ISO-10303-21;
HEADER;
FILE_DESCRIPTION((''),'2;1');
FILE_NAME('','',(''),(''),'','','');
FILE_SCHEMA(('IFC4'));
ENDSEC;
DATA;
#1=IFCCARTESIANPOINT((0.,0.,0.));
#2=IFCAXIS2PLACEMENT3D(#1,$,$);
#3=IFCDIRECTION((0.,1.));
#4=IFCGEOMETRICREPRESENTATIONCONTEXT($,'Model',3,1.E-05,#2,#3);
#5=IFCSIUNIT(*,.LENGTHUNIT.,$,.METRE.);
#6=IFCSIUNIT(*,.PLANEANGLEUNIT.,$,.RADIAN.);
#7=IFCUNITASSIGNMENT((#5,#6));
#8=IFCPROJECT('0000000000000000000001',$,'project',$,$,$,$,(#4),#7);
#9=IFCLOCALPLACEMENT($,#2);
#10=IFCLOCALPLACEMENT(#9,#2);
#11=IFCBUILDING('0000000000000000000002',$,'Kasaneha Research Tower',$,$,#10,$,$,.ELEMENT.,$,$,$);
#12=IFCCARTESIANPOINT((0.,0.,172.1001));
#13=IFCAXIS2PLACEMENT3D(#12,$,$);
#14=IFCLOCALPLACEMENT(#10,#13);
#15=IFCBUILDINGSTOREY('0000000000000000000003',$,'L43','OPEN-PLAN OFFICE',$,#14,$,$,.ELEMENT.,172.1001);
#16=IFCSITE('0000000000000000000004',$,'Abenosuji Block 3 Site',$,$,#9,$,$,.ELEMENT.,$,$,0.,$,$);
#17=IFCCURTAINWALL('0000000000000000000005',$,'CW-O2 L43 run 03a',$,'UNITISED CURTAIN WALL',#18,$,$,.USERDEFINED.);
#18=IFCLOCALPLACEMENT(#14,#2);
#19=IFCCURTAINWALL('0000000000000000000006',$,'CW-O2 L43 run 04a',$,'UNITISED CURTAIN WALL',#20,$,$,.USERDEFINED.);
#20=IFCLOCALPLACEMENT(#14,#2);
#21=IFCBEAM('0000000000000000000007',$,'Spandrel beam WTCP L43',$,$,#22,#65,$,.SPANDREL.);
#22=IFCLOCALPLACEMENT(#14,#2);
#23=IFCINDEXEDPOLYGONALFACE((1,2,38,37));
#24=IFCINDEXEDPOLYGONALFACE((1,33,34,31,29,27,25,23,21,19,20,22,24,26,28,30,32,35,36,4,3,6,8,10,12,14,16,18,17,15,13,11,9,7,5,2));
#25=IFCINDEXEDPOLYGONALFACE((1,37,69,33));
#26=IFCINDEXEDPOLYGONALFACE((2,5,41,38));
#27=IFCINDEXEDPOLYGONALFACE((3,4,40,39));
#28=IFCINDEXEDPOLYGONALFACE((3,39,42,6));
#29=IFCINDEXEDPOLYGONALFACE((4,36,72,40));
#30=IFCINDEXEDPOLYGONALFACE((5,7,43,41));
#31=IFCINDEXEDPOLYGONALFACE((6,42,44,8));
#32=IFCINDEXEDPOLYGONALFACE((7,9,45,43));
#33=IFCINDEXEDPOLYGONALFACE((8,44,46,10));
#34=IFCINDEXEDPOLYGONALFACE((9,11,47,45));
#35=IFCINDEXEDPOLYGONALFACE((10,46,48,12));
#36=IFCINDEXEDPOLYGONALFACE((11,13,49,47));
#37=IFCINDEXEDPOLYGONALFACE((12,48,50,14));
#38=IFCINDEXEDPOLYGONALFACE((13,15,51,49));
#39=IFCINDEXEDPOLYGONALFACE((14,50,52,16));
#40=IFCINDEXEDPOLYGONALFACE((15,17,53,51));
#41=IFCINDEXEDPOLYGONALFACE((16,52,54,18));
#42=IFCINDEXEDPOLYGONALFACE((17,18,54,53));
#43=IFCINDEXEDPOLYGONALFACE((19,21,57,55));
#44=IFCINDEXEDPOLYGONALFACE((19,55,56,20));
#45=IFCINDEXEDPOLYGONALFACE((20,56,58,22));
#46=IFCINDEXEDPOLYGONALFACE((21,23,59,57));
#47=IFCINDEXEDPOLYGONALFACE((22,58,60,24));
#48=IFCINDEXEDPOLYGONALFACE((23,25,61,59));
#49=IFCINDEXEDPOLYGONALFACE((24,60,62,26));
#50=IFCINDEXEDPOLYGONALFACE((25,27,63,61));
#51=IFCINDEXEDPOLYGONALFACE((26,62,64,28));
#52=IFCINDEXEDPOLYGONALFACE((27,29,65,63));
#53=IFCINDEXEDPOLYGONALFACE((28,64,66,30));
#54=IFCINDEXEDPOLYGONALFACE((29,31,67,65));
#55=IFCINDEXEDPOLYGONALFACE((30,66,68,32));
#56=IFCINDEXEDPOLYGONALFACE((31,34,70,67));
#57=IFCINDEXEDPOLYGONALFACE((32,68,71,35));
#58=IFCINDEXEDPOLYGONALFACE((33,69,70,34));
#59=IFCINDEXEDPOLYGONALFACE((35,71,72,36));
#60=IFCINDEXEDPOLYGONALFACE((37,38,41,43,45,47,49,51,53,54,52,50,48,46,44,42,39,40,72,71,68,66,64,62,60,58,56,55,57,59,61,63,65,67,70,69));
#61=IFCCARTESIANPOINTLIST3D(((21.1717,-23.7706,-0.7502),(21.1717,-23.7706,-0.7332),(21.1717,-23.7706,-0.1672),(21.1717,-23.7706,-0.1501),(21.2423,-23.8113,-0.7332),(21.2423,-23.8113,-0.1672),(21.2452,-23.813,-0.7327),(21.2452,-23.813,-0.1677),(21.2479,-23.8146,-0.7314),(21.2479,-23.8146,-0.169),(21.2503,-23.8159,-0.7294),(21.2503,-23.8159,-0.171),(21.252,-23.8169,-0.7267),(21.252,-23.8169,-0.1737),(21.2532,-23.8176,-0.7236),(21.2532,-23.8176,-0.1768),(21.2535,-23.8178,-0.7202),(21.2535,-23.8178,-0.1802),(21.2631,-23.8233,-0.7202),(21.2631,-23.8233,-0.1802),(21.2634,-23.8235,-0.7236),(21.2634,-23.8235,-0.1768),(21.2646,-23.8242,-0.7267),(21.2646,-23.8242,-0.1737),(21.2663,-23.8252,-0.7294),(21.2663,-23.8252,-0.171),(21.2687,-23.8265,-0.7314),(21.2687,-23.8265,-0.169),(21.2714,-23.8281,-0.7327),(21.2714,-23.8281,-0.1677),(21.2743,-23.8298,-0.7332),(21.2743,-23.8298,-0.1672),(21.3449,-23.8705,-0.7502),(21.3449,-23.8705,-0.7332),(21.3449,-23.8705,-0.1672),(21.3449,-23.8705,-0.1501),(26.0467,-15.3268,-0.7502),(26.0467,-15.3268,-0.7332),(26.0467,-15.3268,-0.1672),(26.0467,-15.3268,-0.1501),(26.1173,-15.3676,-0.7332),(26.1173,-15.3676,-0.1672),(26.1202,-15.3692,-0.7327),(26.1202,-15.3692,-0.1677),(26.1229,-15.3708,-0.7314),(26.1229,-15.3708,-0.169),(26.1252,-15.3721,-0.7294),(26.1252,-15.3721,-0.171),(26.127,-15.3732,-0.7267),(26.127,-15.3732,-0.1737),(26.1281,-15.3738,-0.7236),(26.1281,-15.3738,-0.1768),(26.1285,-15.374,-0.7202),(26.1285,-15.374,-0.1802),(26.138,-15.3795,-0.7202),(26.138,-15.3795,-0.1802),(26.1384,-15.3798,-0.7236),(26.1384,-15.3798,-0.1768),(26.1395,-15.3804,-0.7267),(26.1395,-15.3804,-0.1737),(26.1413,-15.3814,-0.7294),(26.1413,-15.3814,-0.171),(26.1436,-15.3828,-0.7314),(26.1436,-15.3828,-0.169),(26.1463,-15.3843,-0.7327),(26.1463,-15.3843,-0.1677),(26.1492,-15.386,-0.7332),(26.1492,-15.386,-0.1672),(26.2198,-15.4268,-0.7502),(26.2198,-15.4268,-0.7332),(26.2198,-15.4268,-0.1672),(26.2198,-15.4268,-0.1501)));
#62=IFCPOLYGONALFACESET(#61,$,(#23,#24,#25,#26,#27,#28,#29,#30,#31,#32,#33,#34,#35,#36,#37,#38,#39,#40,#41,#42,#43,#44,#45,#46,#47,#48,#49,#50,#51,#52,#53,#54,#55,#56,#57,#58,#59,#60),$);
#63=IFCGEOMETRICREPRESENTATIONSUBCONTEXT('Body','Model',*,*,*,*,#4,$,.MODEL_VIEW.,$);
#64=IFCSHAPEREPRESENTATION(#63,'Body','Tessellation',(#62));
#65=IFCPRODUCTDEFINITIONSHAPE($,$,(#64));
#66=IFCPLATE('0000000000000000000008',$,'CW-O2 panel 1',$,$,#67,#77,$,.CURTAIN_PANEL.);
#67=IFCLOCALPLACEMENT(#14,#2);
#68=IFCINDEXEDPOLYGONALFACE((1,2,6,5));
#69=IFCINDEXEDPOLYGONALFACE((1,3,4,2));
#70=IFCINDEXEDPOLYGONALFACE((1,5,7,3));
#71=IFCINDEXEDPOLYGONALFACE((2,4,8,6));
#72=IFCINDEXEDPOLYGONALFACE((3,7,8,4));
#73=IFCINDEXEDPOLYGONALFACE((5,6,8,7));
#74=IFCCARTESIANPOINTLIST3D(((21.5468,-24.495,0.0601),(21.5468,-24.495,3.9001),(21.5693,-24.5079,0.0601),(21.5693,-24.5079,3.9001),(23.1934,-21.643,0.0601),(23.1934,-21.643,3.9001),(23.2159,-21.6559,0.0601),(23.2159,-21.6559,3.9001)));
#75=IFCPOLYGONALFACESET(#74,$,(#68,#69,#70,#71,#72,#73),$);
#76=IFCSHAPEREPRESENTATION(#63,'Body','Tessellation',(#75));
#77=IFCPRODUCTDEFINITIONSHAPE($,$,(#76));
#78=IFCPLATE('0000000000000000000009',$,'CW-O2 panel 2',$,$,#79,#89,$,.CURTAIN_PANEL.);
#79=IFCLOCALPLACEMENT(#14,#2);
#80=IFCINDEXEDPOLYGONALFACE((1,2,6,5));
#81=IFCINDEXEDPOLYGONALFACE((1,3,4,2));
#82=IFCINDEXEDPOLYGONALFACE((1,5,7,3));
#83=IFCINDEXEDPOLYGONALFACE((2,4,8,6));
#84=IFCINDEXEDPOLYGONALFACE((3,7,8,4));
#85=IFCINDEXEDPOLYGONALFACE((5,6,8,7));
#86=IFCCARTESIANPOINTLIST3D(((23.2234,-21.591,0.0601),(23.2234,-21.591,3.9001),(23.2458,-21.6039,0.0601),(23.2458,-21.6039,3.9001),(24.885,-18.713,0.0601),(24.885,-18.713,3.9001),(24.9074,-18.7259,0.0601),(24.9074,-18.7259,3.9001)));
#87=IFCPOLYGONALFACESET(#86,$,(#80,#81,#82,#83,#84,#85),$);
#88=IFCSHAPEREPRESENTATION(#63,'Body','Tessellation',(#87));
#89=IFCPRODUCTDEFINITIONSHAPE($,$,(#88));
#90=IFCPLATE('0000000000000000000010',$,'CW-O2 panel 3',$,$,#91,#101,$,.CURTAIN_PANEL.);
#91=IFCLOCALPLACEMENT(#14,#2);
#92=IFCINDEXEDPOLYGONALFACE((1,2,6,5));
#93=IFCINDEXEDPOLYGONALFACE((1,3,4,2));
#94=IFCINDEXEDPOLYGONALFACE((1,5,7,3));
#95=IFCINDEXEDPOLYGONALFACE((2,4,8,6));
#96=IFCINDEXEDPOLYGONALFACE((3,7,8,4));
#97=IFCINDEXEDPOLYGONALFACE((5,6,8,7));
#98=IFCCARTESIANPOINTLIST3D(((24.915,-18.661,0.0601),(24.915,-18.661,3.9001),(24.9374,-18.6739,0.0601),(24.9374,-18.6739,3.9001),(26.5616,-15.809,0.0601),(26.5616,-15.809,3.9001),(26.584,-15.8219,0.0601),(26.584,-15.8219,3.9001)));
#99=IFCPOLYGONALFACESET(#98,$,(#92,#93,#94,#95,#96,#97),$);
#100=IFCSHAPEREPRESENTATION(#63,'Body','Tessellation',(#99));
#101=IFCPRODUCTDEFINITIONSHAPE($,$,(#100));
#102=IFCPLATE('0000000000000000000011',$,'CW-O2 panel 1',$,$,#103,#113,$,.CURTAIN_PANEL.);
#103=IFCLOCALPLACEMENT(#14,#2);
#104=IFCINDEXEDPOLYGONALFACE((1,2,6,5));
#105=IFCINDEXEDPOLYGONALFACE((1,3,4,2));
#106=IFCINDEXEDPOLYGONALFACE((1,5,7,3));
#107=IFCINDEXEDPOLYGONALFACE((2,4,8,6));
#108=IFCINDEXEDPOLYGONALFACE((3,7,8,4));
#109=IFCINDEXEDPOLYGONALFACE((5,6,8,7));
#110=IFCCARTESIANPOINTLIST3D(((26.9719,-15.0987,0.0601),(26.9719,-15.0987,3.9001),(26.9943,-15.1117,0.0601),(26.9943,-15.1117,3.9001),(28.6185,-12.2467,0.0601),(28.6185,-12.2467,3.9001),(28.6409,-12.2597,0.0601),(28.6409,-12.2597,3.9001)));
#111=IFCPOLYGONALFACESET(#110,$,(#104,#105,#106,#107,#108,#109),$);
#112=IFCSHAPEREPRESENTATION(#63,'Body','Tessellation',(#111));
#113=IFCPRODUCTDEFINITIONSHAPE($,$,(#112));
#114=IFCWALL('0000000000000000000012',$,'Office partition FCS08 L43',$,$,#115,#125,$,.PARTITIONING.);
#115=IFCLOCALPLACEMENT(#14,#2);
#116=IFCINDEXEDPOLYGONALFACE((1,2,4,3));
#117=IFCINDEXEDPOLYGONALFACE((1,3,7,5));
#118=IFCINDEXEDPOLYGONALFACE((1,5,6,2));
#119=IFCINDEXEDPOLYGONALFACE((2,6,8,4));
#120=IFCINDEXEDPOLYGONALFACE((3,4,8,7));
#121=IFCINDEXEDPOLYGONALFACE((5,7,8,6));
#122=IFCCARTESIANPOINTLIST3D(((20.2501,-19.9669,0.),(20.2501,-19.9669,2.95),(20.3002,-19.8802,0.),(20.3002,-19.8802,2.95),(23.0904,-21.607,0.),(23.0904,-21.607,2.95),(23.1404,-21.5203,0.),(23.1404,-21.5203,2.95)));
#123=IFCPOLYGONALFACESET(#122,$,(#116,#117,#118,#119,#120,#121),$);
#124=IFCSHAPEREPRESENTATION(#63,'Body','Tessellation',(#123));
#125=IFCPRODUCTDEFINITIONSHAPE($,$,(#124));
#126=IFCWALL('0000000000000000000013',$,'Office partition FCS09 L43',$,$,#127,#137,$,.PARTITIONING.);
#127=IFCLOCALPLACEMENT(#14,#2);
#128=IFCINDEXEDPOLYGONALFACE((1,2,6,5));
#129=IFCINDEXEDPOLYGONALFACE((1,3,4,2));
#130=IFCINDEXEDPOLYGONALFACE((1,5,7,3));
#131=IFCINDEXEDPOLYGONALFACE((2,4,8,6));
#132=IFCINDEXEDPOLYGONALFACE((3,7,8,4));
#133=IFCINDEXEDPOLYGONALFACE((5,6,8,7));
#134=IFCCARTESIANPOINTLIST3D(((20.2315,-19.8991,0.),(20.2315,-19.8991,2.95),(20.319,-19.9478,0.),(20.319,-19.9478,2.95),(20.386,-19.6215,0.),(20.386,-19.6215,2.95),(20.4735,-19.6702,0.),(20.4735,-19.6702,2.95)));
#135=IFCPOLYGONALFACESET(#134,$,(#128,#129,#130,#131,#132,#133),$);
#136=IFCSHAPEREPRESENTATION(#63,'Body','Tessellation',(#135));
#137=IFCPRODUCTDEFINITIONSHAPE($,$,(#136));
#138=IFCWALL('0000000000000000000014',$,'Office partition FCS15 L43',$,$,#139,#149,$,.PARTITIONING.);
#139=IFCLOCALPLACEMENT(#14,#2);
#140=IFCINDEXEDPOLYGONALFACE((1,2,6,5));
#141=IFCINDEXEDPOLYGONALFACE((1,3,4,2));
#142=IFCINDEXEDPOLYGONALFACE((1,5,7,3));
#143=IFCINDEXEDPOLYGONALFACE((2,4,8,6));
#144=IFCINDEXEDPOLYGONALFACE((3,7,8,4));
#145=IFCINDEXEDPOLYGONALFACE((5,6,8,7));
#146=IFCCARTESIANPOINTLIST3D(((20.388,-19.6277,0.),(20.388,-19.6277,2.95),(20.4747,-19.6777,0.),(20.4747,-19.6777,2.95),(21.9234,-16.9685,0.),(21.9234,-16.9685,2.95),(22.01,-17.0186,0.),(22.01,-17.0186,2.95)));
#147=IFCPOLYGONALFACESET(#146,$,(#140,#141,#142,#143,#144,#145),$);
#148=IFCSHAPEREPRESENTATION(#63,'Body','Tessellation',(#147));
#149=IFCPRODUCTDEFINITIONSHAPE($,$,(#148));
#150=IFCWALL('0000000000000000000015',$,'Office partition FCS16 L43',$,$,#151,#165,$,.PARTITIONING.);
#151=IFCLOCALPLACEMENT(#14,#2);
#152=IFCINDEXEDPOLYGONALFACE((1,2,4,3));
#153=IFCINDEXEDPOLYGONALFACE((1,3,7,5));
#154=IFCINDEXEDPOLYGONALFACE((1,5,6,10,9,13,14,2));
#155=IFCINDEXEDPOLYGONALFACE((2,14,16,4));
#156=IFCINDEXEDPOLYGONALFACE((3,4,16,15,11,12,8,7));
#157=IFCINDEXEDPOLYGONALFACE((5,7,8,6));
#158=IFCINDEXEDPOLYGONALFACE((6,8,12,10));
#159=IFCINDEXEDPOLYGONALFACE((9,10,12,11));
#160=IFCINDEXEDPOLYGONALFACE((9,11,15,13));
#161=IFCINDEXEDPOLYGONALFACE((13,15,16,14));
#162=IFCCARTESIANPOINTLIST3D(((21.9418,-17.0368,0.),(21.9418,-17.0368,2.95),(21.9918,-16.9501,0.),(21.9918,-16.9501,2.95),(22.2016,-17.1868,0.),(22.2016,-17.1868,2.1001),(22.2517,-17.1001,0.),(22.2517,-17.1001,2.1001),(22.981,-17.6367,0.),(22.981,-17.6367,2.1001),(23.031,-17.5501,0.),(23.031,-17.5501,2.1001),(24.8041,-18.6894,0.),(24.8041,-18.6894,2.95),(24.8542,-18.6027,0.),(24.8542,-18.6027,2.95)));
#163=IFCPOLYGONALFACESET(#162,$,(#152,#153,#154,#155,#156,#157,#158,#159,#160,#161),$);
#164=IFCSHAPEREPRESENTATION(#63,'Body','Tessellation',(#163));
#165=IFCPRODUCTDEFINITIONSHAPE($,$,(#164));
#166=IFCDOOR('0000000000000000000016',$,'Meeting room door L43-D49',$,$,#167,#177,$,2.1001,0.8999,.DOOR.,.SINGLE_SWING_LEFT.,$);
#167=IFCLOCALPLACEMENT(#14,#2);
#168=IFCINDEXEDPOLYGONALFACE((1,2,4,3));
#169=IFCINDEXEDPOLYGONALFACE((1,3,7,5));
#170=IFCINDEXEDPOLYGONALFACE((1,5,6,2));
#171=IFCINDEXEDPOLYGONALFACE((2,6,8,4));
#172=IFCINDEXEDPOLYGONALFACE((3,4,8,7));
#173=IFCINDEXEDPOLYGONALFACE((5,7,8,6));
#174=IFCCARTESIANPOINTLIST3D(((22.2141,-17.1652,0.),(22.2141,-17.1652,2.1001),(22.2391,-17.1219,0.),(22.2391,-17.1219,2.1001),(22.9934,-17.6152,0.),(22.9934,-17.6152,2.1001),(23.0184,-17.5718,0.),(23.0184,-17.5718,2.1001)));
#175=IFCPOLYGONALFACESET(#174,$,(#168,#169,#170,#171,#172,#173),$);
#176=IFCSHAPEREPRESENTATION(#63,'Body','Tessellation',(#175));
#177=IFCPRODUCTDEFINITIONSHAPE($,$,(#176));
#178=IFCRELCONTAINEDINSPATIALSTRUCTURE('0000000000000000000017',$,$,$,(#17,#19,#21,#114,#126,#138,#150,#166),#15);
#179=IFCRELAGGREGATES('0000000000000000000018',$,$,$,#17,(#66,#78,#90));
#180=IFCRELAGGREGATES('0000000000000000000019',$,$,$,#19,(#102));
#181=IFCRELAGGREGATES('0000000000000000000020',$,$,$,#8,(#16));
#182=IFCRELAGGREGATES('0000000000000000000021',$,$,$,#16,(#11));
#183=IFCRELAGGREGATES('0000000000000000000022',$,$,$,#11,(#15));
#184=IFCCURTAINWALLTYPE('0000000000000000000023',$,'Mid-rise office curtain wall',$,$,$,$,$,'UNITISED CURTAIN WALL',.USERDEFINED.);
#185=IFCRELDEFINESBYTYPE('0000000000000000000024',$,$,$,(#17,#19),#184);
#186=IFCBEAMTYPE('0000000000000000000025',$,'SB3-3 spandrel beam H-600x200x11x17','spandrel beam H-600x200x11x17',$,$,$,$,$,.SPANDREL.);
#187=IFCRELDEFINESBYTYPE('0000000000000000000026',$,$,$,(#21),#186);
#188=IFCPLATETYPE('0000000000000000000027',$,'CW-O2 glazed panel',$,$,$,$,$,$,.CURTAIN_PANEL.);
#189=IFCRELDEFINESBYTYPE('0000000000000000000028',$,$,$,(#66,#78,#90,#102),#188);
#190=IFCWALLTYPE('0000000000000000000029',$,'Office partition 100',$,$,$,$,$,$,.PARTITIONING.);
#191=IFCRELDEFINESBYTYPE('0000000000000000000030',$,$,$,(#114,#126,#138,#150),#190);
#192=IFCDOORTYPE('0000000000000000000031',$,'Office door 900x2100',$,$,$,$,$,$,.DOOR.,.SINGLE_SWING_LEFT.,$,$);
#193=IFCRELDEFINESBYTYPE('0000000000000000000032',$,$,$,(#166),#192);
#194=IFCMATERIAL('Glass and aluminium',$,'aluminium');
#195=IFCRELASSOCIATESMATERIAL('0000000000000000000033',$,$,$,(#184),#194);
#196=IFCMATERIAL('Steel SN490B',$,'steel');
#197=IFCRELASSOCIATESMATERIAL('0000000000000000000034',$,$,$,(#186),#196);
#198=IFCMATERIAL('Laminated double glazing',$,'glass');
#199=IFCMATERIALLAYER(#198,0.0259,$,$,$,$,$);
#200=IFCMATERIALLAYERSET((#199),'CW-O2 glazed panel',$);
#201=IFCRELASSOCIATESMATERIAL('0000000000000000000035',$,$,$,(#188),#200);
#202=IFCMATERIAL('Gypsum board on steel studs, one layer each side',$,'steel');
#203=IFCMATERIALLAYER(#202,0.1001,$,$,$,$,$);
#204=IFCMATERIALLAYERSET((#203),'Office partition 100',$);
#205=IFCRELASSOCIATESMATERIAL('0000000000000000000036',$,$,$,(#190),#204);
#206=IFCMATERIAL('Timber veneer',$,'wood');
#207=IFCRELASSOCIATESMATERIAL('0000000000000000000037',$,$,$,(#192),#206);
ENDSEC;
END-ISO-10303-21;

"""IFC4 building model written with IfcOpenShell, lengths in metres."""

from ifc_helpers import new_model, si_unit, direction, frame, frame_2d, origin, origin_2d, place, context, subcontext, project, spatial, rectangle, i_section, extrude, material, layer, layer_set, material_profile, profile_set, type_object, element, fill, aggregate, save


model = new_model("IFC4")

# Units and contexts
model_context = context("Model", 3, precision=1e-05, world=origin(), true_north=direction((0.0, 1.0)))
body_context = subcontext(model_context, "Body", "Model", "MODEL_VIEW")
ifc_project = project(units=[si_unit("LENGTHUNIT", "METRE"), si_unit("PLANEANGLEUNIT", "RADIAN")], contexts=[model_context])

# Site, building, storey
site_placement = place(None, origin())
site = spatial("IfcSite", under=ifc_project, at=site_placement, Name="Abenosuji Block 3 Site", CompositionType="ELEMENT", RefElevation=0.0)
building_placement = place(site_placement, origin())
building = spatial("IfcBuilding", under=site, at=building_placement, Name="Kasaneha Research Tower", CompositionType="ELEMENT")
storey_placement = place(building_placement, frame((0.0, 0.0, 172.1001)))
storey = spatial("IfcBuildingStorey", under=building, at=storey_placement, Name="L43", Description="OPEN-PLAN OFFICE", CompositionType="ELEMENT", Elevation=172.1001)

# Shared definitions
ifc_material_1 = material(Name="Glass and aluminium", Category="aluminium")
curtain_wall_type = type_object("IfcCurtainWallType", Name="Mid-rise office curtain wall", ElementType="UNITISED CURTAIN WALL", PredefinedType="USERDEFINED", material=ifc_material_1)

# Curtain walls
curtain_wall_1_placement = place(storey_placement, origin())
curtain_wall_1 = element("IfcCurtainWall", 1, at=curtain_wall_1_placement, inside=storey, type_object=curtain_wall_type, Name="CW-O2 L43 run 03a", ObjectType="UNITISED CURTAIN WALL", PredefinedType="USERDEFINED")
curtain_wall_2_placement = place(storey_placement, origin())
curtain_wall_2 = element("IfcCurtainWall", 2, at=curtain_wall_2_placement, inside=storey, type_object=curtain_wall_type, Name="CW-O2 L43 run 04a", ObjectType="UNITISED CURTAIN WALL", PredefinedType="USERDEFINED")

# Beam
ifc_material_2 = material(Name="Steel SN490B", Category="steel")
ifc_material_profile_1 = material_profile(ifc_material_2, i_section(OverallWidth=0.2, OverallDepth=0.6001, WebThickness=0.011, FlangeThickness=0.0171, FilletRadius=0.0129, at=origin_2d()), Name="H-600x200x11x17")
ifc_profile_set_1 = profile_set([ifc_material_profile_1], Name="Steel SN490B")
beam_type = type_object("IfcBeamType", Name="SB3-3 spandrel beam H-600x200x11x17", Description="spandrel beam H-600x200x11x17", PredefinedType="SPANDREL", material=ifc_profile_set_1)
beam_placement = place(storey_placement, frame((21.2583, -23.8206, -0.4502), z_axis=(0.499996, 0.866028, 0.0), x_axis=(-0.866028, 0.499996, 0.0)))
element("IfcBeam", 3, at=beam_placement, inside=storey, type_object=beam_type, Name="Spandrel beam WTCP L43", PredefinedType="SPANDREL", context=body_context, shape_type="SweptSolid", body=[
    extrude(i_section(OverallWidth=0.2, OverallDepth=0.6001, WebThickness=0.011, FlangeThickness=0.0171, FilletRadius=0.0129, at=origin_2d()), origin(), (0.0, 0.0, 1.0), 9.75),
])

# Plates
ifc_material_3 = material(Name="Laminated double glazing", Category="glass")
ifc_layer_1 = layer(ifc_material_3, 0.0259)
ifc_layer_set_1 = layer_set([ifc_layer_1], Name="CW-O2 glazed panel")
plate_type = type_object("IfcPlateType", Name="CW-O2 glazed panel", PredefinedType="CURTAIN_PANEL", material=ifc_layer_set_1)
plate_1_placement = place(storey_placement, frame((22.3813, -23.0754, 0.0601), z_axis=(0.0, 0.0, 1.0), x_axis=(0.5, 0.866025, 0.0)))
plate_1 = element("IfcPlate", 4, at=plate_1_placement, type_object=plate_type, Name="CW-O2 panel 1", PredefinedType="CURTAIN_PANEL", context=body_context, shape_type="SweptSolid", body=[
    extrude(rectangle(XDim=3.2932, YDim=0.0259, at=origin_2d()), origin(), (0.0, 0.0, 1.0), 3.8401),
])
plate_2_placement = place(storey_placement, frame((24.0654, -20.1584, 0.0601), z_axis=(0.0, 0.0, 1.0), x_axis=(0.5, 0.866025, 0.0)))
plate_2 = element("IfcPlate", 5, at=plate_2_placement, type_object=plate_type, Name="CW-O2 panel 2", PredefinedType="CURTAIN_PANEL", context=body_context, shape_type="SweptSolid", body=[
    extrude(rectangle(XDim=3.3232, YDim=0.0259, at=origin_2d()), origin(), (0.0, 0.0, 1.0), 3.8401),
])
plate_3_placement = place(storey_placement, frame((25.7495, -17.2415, 0.0601), z_axis=(0.0, 0.0, 1.0), x_axis=(0.5, 0.866025, 0.0)))
plate_3 = element("IfcPlate", 6, at=plate_3_placement, type_object=plate_type, Name="CW-O2 panel 3", PredefinedType="CURTAIN_PANEL", context=body_context, shape_type="SweptSolid", body=[
    extrude(rectangle(XDim=3.2932, YDim=0.0259, at=origin_2d()), origin(), (0.0, 0.0, 1.0), 3.8401),
])
aggregate(curtain_wall_1, [plate_1, plate_2, plate_3])
plate_4_placement = place(storey_placement, frame((27.8064, -13.6792, 0.0601), z_axis=(0.0, 0.0, 1.0), x_axis=(0.5, 0.866025, 0.0)))
plate_4 = element("IfcPlate", 7, at=plate_4_placement, type_object=plate_type, Name="CW-O2 panel 1", PredefinedType="CURTAIN_PANEL", context=body_context, shape_type="SweptSolid", body=[
    extrude(rectangle(XDim=3.2932, YDim=0.0259, at=origin_2d()), origin(), (0.0, 0.0, 1.0), 3.8401),
])
aggregate(curtain_wall_2, [plate_4])

# Walls
ifc_material_4 = material(Name="Gypsum board on steel studs, one layer each side", Category="steel")
ifc_layer_2 = layer(ifc_material_4, 0.1001)
ifc_layer_set_2 = layer_set([ifc_layer_2], Name="Office partition 100")
wall_type_1 = type_object("IfcWallType", Name="Office partition 100", PredefinedType="PARTITIONING", material=ifc_layer_set_2)
wall_1_placement = place(storey_placement, frame((20.2751, -19.9236, 0.0), z_axis=(0.0, 0.0, 1.0), x_axis=(0.86599, -0.500062, 0.0)))
element("IfcWall", 8, at=wall_1_placement, inside=storey, type_object=wall_type_1, Name="Office partition FCS08 L43", PredefinedType="PARTITIONING", context=body_context, shape_type="SweptSolid", body=[
    extrude(rectangle(XDim=3.2798, YDim=0.1001, at=frame_2d((1.6399, 0.0))), origin(), (0.0, 0.0, 1.0), 2.95),
])
wall_2_placement = place(storey_placement, frame((20.4297, -19.646, 0.0), z_axis=(0.0, 0.0, 1.0), x_axis=(-0.486426, -0.873722, 0.0)))
element("IfcWall", 9, at=wall_2_placement, inside=storey, type_object=wall_type_1, Name="Office partition FCS09 L43", PredefinedType="PARTITIONING", context=body_context, shape_type="SweptSolid", body=[
    extrude(rectangle(XDim=0.3176, YDim=0.1001, at=frame_2d((0.1587, 0.0))), origin(), (0.0, 0.0, 1.0), 2.95),
])
wall_3_placement = place(storey_placement, frame((20.4314, -19.6526, 0.0), z_axis=(0.0, 0.0, 1.0), x_axis=(0.50003, 0.866008, 0.0)))
element("IfcWall", 10, at=wall_3_placement, inside=storey, type_object=wall_type_1, Name="Office partition FCS15 L43", PredefinedType="PARTITIONING", context=body_context, shape_type="SweptSolid", body=[
    extrude(rectangle(XDim=3.0706, YDim=0.1001, at=frame_2d((1.5352, 0.0))), origin(), (0.0, 0.0, 1.0), 2.95),
])

# Wall, opening, door
wall_4_placement = place(storey_placement, frame((21.9668, -16.9934, 0.0), z_axis=(0.0, 0.0, 1.0), x_axis=(0.866021, -0.500008, 0.0)))
wall_4 = element("IfcWall", 11, at=wall_4_placement, inside=storey, type_object=wall_type_1, Name="Office partition FCS16 L43", PredefinedType="PARTITIONING", context=body_context, shape_type="SweptSolid", body=[
    extrude(rectangle(XDim=3.3052, YDim=0.1001, at=frame_2d((1.6526, 0.0))), origin(), (0.0, 0.0, 1.0), 2.95),
])
opening_1_placement = place(wall_4_placement, frame((0.3, 0.0, 0.0)))
opening_1 = element("IfcOpeningElement", 12, at=opening_1_placement, cuts=wall_4, PredefinedType="OPENING", context=body_context, shape_type="SweptSolid", body=[
    extrude(rectangle(XDim=0.8999, YDim=2.1001, at=frame_2d((0.45, 1.05))), frame((0.0, 0.0601, 0.0), z_axis=(0.0, -1.0, 0.0), x_axis=(1.0, 0.0, 0.0)), (0.0, 0.0, 1.0), 0.1201),
])
ifc_material_5 = material(Name="Timber veneer", Category="wood")
door_type_1 = type_object("IfcDoorType", Name="Office door 900x2100", OperationType="SINGLE_SWING_LEFT", PredefinedType="DOOR", material=ifc_material_5)
door_1_placement = place(opening_1_placement, origin())
door_1 = element("IfcDoor", 13, at=door_1_placement, inside=storey, type_object=door_type_1, Name="Meeting room door L43-D49", OperationType="SINGLE_SWING_LEFT", OverallHeight=2.1001, OverallWidth=0.8999, PredefinedType="DOOR", context=body_context, shape_type="SweptSolid", body=[
    extrude(rectangle(XDim=0.8999, YDim=2.1001, at=frame_2d((0.45, 1.05))), frame((0.0, 0.0249, 0.0), z_axis=(0.0, -1.0, 0.0), x_axis=(1.0, 0.0, 0.0)), (0.0, 0.0, 1.0), 0.05),
])
fill(opening_1, door_1)

save(model, "model.ifc")
